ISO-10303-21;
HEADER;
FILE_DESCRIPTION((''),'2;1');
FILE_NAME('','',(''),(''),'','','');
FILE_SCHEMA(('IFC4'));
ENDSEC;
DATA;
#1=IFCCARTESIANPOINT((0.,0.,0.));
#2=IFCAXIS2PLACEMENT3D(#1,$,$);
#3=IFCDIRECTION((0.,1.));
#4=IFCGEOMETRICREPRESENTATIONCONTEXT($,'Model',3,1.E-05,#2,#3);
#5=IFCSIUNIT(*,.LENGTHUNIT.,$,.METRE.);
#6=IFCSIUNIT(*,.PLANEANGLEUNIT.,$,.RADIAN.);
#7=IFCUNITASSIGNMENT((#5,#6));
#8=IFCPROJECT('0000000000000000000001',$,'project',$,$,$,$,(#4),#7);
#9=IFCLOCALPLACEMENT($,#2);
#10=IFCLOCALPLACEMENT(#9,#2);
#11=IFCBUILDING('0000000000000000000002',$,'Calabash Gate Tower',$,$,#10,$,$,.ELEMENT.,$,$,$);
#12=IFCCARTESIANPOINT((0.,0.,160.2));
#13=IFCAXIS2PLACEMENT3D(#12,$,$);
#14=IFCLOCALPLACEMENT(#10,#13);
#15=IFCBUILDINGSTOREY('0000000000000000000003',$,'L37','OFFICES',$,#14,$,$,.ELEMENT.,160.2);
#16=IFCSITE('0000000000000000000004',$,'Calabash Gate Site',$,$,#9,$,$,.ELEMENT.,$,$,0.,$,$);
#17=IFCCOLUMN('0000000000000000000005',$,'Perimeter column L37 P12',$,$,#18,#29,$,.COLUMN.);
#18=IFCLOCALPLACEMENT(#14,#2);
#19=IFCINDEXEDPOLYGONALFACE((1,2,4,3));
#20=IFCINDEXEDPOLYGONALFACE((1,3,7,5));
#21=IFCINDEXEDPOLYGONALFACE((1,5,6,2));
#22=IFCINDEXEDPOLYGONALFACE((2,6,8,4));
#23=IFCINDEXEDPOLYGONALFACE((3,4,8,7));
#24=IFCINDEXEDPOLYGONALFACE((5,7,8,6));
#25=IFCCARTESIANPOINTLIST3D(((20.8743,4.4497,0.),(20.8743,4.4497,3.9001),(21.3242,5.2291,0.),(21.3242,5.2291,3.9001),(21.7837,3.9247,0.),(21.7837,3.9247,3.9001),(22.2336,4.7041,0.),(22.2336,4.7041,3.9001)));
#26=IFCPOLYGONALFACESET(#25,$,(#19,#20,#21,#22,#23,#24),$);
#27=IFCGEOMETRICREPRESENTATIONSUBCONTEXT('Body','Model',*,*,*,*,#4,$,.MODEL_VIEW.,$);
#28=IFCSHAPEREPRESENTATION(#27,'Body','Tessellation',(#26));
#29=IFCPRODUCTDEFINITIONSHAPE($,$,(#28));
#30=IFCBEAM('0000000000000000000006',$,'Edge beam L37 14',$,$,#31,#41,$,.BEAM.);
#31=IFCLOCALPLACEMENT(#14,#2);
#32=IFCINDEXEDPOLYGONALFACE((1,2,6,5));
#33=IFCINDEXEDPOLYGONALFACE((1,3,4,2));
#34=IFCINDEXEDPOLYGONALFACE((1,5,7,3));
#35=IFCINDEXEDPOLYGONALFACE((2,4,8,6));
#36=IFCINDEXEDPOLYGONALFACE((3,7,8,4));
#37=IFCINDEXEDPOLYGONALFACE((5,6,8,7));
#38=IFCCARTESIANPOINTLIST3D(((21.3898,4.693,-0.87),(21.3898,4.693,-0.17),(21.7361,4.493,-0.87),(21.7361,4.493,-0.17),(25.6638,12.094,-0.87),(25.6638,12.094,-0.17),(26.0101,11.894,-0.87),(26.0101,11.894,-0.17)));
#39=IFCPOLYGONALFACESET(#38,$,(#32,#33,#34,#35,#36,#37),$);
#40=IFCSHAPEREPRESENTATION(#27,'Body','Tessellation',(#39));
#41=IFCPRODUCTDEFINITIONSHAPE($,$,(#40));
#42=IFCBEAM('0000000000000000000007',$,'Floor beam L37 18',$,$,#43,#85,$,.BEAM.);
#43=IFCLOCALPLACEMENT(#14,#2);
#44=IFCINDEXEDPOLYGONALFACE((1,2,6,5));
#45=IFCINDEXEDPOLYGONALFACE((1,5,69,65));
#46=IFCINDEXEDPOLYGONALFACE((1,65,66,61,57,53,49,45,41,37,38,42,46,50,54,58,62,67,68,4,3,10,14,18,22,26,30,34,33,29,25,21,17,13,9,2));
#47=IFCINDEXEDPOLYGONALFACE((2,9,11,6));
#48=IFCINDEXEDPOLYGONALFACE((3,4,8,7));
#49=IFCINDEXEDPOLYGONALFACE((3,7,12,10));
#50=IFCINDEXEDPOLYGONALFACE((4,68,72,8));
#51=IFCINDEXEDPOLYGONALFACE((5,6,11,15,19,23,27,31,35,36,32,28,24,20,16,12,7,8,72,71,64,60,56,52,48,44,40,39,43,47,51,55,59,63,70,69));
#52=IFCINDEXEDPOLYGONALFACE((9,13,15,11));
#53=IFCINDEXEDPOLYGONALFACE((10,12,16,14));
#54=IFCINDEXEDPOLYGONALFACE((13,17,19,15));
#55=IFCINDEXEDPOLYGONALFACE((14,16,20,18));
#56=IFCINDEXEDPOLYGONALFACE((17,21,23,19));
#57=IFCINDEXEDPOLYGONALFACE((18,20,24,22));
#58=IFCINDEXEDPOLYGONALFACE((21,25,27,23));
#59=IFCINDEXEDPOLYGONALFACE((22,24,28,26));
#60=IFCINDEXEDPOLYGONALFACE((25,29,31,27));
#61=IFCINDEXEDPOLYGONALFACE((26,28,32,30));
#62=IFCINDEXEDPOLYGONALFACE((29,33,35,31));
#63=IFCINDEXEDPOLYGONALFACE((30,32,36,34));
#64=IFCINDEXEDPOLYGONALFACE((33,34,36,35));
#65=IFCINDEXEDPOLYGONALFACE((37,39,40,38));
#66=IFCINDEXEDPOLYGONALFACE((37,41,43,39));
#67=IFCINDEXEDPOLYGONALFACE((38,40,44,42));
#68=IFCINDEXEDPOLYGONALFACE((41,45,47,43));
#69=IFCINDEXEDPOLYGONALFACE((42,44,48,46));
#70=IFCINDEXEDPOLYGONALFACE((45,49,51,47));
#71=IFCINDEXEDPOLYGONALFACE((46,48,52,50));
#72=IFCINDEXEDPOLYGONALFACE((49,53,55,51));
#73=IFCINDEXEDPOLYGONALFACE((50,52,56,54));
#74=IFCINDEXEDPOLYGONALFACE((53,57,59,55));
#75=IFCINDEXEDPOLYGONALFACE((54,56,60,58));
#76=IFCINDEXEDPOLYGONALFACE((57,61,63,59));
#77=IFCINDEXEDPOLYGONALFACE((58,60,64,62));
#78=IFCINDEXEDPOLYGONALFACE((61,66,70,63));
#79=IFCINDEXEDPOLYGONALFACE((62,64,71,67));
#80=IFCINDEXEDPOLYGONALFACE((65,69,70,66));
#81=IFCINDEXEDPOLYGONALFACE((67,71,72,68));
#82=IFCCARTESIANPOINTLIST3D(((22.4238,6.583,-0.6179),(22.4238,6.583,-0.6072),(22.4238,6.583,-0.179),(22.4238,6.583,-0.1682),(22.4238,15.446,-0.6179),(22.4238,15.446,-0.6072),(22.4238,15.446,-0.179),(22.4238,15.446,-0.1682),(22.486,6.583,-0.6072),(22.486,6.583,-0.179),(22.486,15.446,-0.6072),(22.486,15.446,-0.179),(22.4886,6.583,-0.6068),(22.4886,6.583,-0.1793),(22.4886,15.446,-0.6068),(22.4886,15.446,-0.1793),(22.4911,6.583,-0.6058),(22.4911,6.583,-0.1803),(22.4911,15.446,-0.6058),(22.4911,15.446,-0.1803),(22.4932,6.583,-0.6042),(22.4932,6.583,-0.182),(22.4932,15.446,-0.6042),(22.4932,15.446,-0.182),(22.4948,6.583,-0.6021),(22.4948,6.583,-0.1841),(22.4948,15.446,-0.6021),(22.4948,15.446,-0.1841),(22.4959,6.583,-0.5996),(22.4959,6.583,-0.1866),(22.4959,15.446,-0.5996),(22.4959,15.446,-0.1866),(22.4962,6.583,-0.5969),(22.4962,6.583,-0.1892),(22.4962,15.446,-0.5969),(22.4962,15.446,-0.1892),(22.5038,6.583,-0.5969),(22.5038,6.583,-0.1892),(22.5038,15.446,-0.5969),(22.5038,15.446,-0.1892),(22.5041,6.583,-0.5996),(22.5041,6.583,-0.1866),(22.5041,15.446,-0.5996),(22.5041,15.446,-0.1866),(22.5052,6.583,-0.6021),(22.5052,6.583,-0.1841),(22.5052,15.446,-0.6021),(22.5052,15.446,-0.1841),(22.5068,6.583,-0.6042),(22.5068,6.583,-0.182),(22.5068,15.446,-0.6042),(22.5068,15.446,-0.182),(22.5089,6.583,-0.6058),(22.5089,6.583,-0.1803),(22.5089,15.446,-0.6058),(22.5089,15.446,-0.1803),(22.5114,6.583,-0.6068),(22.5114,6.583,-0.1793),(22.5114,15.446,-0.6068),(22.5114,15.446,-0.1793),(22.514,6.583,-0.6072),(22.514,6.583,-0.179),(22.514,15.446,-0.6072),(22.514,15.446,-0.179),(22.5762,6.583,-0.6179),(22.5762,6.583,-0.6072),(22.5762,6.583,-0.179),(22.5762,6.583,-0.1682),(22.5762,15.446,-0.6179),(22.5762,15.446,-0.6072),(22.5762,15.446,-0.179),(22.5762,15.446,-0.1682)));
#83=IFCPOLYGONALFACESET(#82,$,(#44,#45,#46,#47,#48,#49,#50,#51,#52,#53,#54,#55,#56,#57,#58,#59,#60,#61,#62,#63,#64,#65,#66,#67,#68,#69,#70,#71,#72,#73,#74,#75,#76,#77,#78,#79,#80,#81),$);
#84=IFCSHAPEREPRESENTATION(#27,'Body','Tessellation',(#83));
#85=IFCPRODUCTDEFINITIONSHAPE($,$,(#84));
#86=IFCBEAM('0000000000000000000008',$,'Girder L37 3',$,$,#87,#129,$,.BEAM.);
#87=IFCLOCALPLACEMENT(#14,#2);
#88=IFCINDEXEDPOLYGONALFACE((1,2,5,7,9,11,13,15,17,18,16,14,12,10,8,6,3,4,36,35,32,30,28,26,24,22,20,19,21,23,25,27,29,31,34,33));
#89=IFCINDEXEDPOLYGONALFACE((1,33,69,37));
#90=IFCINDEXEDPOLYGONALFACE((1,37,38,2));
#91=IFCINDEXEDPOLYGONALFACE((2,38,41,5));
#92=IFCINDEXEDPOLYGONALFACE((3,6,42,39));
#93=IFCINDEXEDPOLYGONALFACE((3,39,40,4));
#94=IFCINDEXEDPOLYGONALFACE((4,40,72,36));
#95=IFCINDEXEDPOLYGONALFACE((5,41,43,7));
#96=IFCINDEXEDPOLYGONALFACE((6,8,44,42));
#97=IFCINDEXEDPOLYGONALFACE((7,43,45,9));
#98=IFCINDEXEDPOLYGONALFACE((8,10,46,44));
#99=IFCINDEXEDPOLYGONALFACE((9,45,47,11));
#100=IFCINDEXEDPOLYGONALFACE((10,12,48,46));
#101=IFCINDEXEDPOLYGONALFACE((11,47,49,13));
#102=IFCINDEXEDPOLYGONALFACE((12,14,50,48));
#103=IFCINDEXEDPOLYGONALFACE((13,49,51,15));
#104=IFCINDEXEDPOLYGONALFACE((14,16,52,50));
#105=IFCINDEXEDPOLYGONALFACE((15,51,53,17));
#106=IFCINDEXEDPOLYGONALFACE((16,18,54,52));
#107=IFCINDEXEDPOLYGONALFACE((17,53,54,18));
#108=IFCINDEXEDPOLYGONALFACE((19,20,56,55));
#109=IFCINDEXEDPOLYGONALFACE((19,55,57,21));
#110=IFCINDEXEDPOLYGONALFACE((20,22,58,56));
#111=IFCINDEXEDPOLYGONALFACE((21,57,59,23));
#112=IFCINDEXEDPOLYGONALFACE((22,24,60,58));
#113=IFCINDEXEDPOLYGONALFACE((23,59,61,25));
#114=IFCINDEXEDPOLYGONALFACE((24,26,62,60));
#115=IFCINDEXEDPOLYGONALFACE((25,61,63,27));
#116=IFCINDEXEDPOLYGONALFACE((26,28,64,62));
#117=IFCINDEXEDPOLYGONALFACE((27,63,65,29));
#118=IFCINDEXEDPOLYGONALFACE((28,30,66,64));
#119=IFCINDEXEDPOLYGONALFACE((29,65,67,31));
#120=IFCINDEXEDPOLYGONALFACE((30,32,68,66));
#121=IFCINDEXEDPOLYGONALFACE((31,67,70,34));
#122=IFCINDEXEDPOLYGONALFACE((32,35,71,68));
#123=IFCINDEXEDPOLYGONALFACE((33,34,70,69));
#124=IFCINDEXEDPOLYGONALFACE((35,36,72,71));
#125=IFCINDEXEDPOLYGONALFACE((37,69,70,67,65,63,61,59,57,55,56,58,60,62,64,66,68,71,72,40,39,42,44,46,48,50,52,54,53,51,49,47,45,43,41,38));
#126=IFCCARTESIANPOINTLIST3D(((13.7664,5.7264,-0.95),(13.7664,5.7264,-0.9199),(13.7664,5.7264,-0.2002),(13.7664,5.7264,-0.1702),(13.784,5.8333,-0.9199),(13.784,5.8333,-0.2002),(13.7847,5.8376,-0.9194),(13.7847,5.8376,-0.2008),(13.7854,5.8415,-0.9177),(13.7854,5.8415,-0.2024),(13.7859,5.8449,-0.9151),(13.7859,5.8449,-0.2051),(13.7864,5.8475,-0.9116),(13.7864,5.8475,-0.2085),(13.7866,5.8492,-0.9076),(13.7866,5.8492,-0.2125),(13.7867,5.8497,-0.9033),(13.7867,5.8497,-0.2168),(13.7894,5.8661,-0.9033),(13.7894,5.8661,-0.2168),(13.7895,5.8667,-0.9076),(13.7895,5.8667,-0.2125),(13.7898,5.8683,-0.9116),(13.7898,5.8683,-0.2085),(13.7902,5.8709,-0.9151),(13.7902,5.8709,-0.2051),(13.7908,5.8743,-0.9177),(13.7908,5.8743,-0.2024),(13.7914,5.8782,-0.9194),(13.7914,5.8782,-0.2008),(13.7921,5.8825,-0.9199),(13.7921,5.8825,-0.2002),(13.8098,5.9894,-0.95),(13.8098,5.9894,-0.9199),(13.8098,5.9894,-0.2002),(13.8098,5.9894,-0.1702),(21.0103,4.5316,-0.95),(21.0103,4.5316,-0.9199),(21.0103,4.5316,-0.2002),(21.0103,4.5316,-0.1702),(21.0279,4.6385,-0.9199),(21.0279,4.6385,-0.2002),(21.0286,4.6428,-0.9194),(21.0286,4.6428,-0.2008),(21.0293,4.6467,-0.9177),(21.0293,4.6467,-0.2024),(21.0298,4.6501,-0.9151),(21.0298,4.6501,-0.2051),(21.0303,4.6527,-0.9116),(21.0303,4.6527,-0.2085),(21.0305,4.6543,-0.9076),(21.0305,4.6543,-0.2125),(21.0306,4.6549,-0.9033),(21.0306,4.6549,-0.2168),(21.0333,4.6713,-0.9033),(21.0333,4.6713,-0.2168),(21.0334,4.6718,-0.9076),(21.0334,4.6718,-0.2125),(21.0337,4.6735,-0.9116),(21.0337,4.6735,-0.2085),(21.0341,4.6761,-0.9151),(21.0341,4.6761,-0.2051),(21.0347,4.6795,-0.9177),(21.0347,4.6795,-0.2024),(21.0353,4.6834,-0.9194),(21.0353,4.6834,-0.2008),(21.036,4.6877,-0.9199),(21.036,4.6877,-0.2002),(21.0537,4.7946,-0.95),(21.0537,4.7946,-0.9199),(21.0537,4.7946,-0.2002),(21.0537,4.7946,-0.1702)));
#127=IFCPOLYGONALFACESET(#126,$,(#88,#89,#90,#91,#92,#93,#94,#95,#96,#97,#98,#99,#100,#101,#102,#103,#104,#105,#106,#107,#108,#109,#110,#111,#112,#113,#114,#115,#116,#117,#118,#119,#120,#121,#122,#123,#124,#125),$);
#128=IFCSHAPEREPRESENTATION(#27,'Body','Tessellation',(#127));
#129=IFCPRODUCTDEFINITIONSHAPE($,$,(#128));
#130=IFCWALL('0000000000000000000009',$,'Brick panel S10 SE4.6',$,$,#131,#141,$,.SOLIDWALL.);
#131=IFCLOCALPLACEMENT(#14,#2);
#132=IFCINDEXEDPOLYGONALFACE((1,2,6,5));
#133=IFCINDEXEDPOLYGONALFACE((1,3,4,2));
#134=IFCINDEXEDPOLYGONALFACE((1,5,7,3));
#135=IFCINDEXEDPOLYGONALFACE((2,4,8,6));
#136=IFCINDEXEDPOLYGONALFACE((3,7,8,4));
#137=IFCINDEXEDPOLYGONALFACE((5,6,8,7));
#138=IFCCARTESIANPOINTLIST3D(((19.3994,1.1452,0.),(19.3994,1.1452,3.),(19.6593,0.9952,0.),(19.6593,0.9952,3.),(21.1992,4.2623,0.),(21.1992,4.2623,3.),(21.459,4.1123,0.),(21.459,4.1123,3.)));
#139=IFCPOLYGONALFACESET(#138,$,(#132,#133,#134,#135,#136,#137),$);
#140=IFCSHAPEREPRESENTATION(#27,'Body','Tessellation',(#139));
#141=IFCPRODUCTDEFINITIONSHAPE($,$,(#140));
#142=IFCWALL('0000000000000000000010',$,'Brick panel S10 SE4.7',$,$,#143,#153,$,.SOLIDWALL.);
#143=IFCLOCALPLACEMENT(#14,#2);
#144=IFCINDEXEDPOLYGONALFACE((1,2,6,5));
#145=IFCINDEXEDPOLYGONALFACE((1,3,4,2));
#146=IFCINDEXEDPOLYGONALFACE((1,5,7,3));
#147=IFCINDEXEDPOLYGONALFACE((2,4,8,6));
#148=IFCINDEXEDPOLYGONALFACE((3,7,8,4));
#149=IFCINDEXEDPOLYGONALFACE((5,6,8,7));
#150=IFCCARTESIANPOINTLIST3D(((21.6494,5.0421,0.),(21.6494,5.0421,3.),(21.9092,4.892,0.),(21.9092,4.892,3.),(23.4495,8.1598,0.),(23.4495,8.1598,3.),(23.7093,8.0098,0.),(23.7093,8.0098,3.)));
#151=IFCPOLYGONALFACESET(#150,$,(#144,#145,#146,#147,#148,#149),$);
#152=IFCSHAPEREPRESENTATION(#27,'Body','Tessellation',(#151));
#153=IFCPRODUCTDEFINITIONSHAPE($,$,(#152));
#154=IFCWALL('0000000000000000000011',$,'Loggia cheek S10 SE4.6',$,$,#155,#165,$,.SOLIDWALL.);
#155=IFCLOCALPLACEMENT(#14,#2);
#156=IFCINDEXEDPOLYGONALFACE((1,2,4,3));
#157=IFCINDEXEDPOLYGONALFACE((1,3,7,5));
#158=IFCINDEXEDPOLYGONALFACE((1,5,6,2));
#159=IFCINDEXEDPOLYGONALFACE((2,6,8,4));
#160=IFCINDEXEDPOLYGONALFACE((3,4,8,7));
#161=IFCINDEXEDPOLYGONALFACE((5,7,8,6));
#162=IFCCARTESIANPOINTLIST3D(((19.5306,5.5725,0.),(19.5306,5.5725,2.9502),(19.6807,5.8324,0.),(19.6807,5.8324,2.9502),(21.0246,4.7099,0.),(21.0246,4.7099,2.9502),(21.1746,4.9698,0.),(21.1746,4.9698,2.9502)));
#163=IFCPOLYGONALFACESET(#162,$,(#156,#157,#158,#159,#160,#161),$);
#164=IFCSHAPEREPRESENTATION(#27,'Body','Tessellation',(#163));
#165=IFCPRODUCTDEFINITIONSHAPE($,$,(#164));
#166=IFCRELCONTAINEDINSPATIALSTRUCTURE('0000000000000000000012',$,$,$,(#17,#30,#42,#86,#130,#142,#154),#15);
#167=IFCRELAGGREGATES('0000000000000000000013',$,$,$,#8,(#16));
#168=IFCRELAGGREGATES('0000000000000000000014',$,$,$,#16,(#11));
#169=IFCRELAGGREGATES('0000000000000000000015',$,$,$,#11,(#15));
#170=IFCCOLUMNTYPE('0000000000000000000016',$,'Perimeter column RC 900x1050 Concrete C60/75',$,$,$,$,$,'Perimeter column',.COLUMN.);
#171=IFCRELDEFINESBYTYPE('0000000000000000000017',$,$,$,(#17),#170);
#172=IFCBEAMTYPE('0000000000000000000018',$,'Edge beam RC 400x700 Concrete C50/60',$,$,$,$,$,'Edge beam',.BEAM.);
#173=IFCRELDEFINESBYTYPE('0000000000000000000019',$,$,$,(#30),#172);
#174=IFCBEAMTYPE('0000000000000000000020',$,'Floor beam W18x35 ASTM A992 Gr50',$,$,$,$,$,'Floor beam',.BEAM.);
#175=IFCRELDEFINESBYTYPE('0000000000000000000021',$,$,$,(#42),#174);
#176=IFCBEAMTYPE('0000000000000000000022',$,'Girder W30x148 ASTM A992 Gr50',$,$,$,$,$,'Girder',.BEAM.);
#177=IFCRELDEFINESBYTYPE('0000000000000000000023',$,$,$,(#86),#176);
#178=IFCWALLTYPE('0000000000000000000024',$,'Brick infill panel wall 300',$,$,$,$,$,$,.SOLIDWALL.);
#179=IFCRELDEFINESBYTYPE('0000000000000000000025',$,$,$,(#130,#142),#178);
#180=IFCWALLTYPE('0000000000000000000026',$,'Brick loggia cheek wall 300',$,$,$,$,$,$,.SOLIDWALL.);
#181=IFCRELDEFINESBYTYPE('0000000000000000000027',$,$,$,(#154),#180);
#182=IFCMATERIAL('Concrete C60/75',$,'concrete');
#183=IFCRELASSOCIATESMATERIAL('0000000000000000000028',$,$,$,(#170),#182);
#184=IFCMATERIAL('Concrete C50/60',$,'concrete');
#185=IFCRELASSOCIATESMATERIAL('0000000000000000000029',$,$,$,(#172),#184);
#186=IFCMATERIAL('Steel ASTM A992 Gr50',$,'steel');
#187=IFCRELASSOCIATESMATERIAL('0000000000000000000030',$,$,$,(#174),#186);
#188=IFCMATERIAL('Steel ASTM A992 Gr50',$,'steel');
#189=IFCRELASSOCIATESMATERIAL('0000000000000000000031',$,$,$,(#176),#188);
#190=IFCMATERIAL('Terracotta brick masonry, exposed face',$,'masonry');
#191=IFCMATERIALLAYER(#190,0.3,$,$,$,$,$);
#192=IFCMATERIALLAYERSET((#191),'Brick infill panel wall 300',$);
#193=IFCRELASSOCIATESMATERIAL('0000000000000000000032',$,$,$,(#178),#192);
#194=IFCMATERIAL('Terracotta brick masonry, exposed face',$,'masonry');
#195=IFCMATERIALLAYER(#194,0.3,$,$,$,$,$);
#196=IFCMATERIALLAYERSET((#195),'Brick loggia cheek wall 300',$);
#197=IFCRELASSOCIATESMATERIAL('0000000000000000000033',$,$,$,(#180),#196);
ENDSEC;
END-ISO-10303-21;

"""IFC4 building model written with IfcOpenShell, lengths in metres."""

from ifc_helpers import new_model, si_unit, direction, frame, frame_2d, origin, origin_2d, place, context, subcontext, project, spatial, rectangle, i_section, extrude, material, layer, layer_set, material_profile, profile_set, type_object, element, save


model = new_model("IFC4")

# Units and contexts
model_context = context("Model", 3, precision=1e-05, world=origin(), true_north=direction((0.0, 1.0)))
body_context = subcontext(model_context, "Body", "Model", "MODEL_VIEW")
ifc_project = project(units=[si_unit("LENGTHUNIT", "METRE"), si_unit("PLANEANGLEUNIT", "RADIAN")], contexts=[model_context])

# Site, building, storey
site_placement = place(None, origin())
site = spatial("IfcSite", under=ifc_project, at=site_placement, Name="Calabash Gate Site", CompositionType="ELEMENT", RefElevation=0.0)
building_placement = place(site_placement, origin())
building = spatial("IfcBuilding", under=site, at=building_placement, Name="Calabash Gate Tower", CompositionType="ELEMENT")
storey_placement = place(building_placement, frame((0.0, 0.0, 160.2)))
storey = spatial("IfcBuildingStorey", under=building, at=storey_placement, Name="L37", Description="OFFICES", CompositionType="ELEMENT", Elevation=160.2)

# Column
ifc_material_1 = material(Name="Concrete C60/75", Category="concrete")
ifc_material_profile_1 = material_profile(ifc_material_1, rectangle(XDim=0.8999, YDim=1.05, at=origin_2d()))
ifc_profile_set_1 = profile_set([ifc_material_profile_1], Name="Concrete C60/75")
column_type = type_object("IfcColumnType", Name="Perimeter column RC 900x1050 Concrete C60/75", ElementType="Perimeter column", PredefinedType="COLUMN", material=ifc_profile_set_1)
column_placement = place(storey_placement, frame((21.554, 4.5769, 0.0), z_axis=(0.0, 0.0, 1.0), x_axis=(0.5, 0.866025, 0.0)))
element("IfcColumn", 1, at=column_placement, inside=storey, type_object=column_type, Name="Perimeter column L37 P12", PredefinedType="COLUMN", context=body_context, shape_type="SweptSolid", body=[
    extrude(rectangle(XDim=0.8999, YDim=1.05, at=origin_2d()), origin(), (0.0, 0.0, 1.0), 3.9001),
])

# Beams
ifc_material_2 = material(Name="Concrete C50/60", Category="concrete")
ifc_material_profile_2 = material_profile(ifc_material_2, rectangle(XDim=0.3999, YDim=0.7, at=origin_2d()))
ifc_profile_set_2 = profile_set([ifc_material_profile_2], Name="Concrete C50/60")
beam_type_1 = type_object("IfcBeamType", Name="Edge beam RC 400x700 Concrete C50/60", ElementType="Edge beam", PredefinedType="BEAM", material=ifc_profile_set_2)
beam_1_placement = place(storey_placement, frame((21.563, 4.593, -0.52), z_axis=(0.50009, 0.865973, 0.0), x_axis=(-0.865973, 0.50009, 0.0)))
element("IfcBeam", 2, at=beam_1_placement, inside=storey, type_object=beam_type_1, Name="Edge beam L37 14", PredefinedType="BEAM", context=body_context, shape_type="SweptSolid", body=[
    extrude(rectangle(XDim=0.3999, YDim=0.7, at=origin_2d()), origin(), (0.0, 0.0, 1.0), 8.5464),
])
ifc_material_3 = material(Name="Steel ASTM A992 Gr50", Category="steel")
ifc_material_profile_3 = material_profile(ifc_material_3, i_section(OverallWidth=0.1523, OverallDepth=0.4497, WebThickness=0.0076, FlangeThickness=0.0107, FilletRadius=0.0103, at=origin_2d()))
ifc_profile_set_3 = profile_set([ifc_material_profile_3], Name="Steel ASTM A992 Gr50")
beam_type_2 = type_object("IfcBeamType", Name="Floor beam W18x35 ASTM A992 Gr50", ElementType="Floor beam", PredefinedType="BEAM", material=ifc_profile_set_3)
beam_2_placement = place(storey_placement, frame((22.5, 6.583, -0.3931), z_axis=(0.0, 1.0, 0.0), x_axis=(-1.0, 0.0, 0.0)))
element("IfcBeam", 3, at=beam_2_placement, inside=storey, type_object=beam_type_2, Name="Floor beam L37 18", PredefinedType="BEAM", context=body_context, shape_type="SweptSolid", body=[
    extrude(i_section(OverallWidth=0.1523, OverallDepth=0.4497, WebThickness=0.0076, FlangeThickness=0.0107, FilletRadius=0.0103, at=origin_2d()), origin(), (0.0, 0.0, 1.0), 8.863),
])
ifc_material_4 = material(Name="Steel ASTM A992 Gr50", Category="steel")
ifc_material_profile_4 = material_profile(ifc_material_4, i_section(OverallWidth=0.2666, OverallDepth=0.7798, WebThickness=0.0166, FlangeThickness=0.03, FilletRadius=0.0166, at=origin_2d()))
ifc_profile_set_4 = profile_set([ifc_material_profile_4], Name="Steel ASTM A992 Gr50")
beam_type_3 = type_object("IfcBeamType", Name="Girder W30x148 ASTM A992 Gr50", ElementType="Girder", PredefinedType="BEAM", material=ifc_profile_set_4)
beam_3_placement = place(storey_placement, frame((21.032, 4.6631, -0.5601), z_axis=(-0.986668, 0.162743, 0.0), x_axis=(-0.162743, -0.986668, 0.0)))
element("IfcBeam", 4, at=beam_3_placement, inside=storey, type_object=beam_type_3, Name="Girder L37 3", PredefinedType="BEAM", context=body_context, shape_type="SweptSolid", body=[
    extrude(i_section(OverallWidth=0.2666, OverallDepth=0.7798, WebThickness=0.0166, FlangeThickness=0.03, FilletRadius=0.0166, at=origin_2d()), origin(), (0.0, 0.0, 1.0), 7.3418),
])

# Walls
ifc_material_5 = material(Name="Terracotta brick masonry, exposed face", Category="masonry")
ifc_layer_1 = layer(ifc_material_5, 0.3)
ifc_layer_set_1 = layer_set([ifc_layer_1], Name="Brick infill panel wall 300")
wall_type_1 = type_object("IfcWallType", Name="Brick infill panel wall 300", PredefinedType="SOLIDWALL", material=ifc_layer_set_1)
wall_1_placement = place(storey_placement, frame((19.5293, 1.0701, 0.0), z_axis=(0.0, 0.0, 1.0), x_axis=(0.50002, 0.866014, 0.0)))
element("IfcWall", 5, at=wall_1_placement, inside=storey, type_object=wall_type_1, Name="Brick panel S10 SE4.6", PredefinedType="SOLIDWALL", context=body_context, shape_type="SweptSolid", body=[
    extrude(rectangle(XDim=3.5994, YDim=0.3, at=frame_2d((1.7998, 0.0))), origin(), (0.0, 0.0, 1.0), 3.0),
])
wall_2_placement = place(storey_placement, frame((21.7793, 4.967, 0.0), z_axis=(0.0, 0.0, 1.0), x_axis=(0.500012, 0.866018, 0.0)))
element("IfcWall", 6, at=wall_2_placement, inside=storey, type_object=wall_type_1, Name="Brick panel S10 SE4.7", PredefinedType="SOLIDWALL", context=body_context, shape_type="SweptSolid", body=[
    extrude(rectangle(XDim=3.6001, YDim=0.3, at=frame_2d((1.8, 0.0))), origin(), (0.0, 0.0, 1.0), 3.0),
])
ifc_material_6 = material(Name="Terracotta brick masonry, exposed face", Category="masonry")
ifc_layer_2 = layer(ifc_material_6, 0.3)
ifc_layer_set_2 = layer_set([ifc_layer_2], Name="Brick loggia cheek wall 300")
wall_type_2 = type_object("IfcWallType", Name="Brick loggia cheek wall 300", PredefinedType="SOLIDWALL", material=ifc_layer_set_2)
wall_3_placement = place(storey_placement, frame((21.0996, 4.8398, 0.0), z_axis=(0.0, 0.0, 1.0), x_axis=(-0.866014, 0.500021, 0.0)))
element("IfcWall", 7, at=wall_3_placement, inside=storey, type_object=wall_type_2, Name="Loggia cheek S10 SE4.6", PredefinedType="SOLIDWALL", context=body_context, shape_type="SweptSolid", body=[
    extrude(rectangle(XDim=1.7251, YDim=0.3, at=frame_2d((0.8625, 0.0))), origin(), (0.0, 0.0, 1.0), 2.9502),
])

save(model, "model.ifc")
